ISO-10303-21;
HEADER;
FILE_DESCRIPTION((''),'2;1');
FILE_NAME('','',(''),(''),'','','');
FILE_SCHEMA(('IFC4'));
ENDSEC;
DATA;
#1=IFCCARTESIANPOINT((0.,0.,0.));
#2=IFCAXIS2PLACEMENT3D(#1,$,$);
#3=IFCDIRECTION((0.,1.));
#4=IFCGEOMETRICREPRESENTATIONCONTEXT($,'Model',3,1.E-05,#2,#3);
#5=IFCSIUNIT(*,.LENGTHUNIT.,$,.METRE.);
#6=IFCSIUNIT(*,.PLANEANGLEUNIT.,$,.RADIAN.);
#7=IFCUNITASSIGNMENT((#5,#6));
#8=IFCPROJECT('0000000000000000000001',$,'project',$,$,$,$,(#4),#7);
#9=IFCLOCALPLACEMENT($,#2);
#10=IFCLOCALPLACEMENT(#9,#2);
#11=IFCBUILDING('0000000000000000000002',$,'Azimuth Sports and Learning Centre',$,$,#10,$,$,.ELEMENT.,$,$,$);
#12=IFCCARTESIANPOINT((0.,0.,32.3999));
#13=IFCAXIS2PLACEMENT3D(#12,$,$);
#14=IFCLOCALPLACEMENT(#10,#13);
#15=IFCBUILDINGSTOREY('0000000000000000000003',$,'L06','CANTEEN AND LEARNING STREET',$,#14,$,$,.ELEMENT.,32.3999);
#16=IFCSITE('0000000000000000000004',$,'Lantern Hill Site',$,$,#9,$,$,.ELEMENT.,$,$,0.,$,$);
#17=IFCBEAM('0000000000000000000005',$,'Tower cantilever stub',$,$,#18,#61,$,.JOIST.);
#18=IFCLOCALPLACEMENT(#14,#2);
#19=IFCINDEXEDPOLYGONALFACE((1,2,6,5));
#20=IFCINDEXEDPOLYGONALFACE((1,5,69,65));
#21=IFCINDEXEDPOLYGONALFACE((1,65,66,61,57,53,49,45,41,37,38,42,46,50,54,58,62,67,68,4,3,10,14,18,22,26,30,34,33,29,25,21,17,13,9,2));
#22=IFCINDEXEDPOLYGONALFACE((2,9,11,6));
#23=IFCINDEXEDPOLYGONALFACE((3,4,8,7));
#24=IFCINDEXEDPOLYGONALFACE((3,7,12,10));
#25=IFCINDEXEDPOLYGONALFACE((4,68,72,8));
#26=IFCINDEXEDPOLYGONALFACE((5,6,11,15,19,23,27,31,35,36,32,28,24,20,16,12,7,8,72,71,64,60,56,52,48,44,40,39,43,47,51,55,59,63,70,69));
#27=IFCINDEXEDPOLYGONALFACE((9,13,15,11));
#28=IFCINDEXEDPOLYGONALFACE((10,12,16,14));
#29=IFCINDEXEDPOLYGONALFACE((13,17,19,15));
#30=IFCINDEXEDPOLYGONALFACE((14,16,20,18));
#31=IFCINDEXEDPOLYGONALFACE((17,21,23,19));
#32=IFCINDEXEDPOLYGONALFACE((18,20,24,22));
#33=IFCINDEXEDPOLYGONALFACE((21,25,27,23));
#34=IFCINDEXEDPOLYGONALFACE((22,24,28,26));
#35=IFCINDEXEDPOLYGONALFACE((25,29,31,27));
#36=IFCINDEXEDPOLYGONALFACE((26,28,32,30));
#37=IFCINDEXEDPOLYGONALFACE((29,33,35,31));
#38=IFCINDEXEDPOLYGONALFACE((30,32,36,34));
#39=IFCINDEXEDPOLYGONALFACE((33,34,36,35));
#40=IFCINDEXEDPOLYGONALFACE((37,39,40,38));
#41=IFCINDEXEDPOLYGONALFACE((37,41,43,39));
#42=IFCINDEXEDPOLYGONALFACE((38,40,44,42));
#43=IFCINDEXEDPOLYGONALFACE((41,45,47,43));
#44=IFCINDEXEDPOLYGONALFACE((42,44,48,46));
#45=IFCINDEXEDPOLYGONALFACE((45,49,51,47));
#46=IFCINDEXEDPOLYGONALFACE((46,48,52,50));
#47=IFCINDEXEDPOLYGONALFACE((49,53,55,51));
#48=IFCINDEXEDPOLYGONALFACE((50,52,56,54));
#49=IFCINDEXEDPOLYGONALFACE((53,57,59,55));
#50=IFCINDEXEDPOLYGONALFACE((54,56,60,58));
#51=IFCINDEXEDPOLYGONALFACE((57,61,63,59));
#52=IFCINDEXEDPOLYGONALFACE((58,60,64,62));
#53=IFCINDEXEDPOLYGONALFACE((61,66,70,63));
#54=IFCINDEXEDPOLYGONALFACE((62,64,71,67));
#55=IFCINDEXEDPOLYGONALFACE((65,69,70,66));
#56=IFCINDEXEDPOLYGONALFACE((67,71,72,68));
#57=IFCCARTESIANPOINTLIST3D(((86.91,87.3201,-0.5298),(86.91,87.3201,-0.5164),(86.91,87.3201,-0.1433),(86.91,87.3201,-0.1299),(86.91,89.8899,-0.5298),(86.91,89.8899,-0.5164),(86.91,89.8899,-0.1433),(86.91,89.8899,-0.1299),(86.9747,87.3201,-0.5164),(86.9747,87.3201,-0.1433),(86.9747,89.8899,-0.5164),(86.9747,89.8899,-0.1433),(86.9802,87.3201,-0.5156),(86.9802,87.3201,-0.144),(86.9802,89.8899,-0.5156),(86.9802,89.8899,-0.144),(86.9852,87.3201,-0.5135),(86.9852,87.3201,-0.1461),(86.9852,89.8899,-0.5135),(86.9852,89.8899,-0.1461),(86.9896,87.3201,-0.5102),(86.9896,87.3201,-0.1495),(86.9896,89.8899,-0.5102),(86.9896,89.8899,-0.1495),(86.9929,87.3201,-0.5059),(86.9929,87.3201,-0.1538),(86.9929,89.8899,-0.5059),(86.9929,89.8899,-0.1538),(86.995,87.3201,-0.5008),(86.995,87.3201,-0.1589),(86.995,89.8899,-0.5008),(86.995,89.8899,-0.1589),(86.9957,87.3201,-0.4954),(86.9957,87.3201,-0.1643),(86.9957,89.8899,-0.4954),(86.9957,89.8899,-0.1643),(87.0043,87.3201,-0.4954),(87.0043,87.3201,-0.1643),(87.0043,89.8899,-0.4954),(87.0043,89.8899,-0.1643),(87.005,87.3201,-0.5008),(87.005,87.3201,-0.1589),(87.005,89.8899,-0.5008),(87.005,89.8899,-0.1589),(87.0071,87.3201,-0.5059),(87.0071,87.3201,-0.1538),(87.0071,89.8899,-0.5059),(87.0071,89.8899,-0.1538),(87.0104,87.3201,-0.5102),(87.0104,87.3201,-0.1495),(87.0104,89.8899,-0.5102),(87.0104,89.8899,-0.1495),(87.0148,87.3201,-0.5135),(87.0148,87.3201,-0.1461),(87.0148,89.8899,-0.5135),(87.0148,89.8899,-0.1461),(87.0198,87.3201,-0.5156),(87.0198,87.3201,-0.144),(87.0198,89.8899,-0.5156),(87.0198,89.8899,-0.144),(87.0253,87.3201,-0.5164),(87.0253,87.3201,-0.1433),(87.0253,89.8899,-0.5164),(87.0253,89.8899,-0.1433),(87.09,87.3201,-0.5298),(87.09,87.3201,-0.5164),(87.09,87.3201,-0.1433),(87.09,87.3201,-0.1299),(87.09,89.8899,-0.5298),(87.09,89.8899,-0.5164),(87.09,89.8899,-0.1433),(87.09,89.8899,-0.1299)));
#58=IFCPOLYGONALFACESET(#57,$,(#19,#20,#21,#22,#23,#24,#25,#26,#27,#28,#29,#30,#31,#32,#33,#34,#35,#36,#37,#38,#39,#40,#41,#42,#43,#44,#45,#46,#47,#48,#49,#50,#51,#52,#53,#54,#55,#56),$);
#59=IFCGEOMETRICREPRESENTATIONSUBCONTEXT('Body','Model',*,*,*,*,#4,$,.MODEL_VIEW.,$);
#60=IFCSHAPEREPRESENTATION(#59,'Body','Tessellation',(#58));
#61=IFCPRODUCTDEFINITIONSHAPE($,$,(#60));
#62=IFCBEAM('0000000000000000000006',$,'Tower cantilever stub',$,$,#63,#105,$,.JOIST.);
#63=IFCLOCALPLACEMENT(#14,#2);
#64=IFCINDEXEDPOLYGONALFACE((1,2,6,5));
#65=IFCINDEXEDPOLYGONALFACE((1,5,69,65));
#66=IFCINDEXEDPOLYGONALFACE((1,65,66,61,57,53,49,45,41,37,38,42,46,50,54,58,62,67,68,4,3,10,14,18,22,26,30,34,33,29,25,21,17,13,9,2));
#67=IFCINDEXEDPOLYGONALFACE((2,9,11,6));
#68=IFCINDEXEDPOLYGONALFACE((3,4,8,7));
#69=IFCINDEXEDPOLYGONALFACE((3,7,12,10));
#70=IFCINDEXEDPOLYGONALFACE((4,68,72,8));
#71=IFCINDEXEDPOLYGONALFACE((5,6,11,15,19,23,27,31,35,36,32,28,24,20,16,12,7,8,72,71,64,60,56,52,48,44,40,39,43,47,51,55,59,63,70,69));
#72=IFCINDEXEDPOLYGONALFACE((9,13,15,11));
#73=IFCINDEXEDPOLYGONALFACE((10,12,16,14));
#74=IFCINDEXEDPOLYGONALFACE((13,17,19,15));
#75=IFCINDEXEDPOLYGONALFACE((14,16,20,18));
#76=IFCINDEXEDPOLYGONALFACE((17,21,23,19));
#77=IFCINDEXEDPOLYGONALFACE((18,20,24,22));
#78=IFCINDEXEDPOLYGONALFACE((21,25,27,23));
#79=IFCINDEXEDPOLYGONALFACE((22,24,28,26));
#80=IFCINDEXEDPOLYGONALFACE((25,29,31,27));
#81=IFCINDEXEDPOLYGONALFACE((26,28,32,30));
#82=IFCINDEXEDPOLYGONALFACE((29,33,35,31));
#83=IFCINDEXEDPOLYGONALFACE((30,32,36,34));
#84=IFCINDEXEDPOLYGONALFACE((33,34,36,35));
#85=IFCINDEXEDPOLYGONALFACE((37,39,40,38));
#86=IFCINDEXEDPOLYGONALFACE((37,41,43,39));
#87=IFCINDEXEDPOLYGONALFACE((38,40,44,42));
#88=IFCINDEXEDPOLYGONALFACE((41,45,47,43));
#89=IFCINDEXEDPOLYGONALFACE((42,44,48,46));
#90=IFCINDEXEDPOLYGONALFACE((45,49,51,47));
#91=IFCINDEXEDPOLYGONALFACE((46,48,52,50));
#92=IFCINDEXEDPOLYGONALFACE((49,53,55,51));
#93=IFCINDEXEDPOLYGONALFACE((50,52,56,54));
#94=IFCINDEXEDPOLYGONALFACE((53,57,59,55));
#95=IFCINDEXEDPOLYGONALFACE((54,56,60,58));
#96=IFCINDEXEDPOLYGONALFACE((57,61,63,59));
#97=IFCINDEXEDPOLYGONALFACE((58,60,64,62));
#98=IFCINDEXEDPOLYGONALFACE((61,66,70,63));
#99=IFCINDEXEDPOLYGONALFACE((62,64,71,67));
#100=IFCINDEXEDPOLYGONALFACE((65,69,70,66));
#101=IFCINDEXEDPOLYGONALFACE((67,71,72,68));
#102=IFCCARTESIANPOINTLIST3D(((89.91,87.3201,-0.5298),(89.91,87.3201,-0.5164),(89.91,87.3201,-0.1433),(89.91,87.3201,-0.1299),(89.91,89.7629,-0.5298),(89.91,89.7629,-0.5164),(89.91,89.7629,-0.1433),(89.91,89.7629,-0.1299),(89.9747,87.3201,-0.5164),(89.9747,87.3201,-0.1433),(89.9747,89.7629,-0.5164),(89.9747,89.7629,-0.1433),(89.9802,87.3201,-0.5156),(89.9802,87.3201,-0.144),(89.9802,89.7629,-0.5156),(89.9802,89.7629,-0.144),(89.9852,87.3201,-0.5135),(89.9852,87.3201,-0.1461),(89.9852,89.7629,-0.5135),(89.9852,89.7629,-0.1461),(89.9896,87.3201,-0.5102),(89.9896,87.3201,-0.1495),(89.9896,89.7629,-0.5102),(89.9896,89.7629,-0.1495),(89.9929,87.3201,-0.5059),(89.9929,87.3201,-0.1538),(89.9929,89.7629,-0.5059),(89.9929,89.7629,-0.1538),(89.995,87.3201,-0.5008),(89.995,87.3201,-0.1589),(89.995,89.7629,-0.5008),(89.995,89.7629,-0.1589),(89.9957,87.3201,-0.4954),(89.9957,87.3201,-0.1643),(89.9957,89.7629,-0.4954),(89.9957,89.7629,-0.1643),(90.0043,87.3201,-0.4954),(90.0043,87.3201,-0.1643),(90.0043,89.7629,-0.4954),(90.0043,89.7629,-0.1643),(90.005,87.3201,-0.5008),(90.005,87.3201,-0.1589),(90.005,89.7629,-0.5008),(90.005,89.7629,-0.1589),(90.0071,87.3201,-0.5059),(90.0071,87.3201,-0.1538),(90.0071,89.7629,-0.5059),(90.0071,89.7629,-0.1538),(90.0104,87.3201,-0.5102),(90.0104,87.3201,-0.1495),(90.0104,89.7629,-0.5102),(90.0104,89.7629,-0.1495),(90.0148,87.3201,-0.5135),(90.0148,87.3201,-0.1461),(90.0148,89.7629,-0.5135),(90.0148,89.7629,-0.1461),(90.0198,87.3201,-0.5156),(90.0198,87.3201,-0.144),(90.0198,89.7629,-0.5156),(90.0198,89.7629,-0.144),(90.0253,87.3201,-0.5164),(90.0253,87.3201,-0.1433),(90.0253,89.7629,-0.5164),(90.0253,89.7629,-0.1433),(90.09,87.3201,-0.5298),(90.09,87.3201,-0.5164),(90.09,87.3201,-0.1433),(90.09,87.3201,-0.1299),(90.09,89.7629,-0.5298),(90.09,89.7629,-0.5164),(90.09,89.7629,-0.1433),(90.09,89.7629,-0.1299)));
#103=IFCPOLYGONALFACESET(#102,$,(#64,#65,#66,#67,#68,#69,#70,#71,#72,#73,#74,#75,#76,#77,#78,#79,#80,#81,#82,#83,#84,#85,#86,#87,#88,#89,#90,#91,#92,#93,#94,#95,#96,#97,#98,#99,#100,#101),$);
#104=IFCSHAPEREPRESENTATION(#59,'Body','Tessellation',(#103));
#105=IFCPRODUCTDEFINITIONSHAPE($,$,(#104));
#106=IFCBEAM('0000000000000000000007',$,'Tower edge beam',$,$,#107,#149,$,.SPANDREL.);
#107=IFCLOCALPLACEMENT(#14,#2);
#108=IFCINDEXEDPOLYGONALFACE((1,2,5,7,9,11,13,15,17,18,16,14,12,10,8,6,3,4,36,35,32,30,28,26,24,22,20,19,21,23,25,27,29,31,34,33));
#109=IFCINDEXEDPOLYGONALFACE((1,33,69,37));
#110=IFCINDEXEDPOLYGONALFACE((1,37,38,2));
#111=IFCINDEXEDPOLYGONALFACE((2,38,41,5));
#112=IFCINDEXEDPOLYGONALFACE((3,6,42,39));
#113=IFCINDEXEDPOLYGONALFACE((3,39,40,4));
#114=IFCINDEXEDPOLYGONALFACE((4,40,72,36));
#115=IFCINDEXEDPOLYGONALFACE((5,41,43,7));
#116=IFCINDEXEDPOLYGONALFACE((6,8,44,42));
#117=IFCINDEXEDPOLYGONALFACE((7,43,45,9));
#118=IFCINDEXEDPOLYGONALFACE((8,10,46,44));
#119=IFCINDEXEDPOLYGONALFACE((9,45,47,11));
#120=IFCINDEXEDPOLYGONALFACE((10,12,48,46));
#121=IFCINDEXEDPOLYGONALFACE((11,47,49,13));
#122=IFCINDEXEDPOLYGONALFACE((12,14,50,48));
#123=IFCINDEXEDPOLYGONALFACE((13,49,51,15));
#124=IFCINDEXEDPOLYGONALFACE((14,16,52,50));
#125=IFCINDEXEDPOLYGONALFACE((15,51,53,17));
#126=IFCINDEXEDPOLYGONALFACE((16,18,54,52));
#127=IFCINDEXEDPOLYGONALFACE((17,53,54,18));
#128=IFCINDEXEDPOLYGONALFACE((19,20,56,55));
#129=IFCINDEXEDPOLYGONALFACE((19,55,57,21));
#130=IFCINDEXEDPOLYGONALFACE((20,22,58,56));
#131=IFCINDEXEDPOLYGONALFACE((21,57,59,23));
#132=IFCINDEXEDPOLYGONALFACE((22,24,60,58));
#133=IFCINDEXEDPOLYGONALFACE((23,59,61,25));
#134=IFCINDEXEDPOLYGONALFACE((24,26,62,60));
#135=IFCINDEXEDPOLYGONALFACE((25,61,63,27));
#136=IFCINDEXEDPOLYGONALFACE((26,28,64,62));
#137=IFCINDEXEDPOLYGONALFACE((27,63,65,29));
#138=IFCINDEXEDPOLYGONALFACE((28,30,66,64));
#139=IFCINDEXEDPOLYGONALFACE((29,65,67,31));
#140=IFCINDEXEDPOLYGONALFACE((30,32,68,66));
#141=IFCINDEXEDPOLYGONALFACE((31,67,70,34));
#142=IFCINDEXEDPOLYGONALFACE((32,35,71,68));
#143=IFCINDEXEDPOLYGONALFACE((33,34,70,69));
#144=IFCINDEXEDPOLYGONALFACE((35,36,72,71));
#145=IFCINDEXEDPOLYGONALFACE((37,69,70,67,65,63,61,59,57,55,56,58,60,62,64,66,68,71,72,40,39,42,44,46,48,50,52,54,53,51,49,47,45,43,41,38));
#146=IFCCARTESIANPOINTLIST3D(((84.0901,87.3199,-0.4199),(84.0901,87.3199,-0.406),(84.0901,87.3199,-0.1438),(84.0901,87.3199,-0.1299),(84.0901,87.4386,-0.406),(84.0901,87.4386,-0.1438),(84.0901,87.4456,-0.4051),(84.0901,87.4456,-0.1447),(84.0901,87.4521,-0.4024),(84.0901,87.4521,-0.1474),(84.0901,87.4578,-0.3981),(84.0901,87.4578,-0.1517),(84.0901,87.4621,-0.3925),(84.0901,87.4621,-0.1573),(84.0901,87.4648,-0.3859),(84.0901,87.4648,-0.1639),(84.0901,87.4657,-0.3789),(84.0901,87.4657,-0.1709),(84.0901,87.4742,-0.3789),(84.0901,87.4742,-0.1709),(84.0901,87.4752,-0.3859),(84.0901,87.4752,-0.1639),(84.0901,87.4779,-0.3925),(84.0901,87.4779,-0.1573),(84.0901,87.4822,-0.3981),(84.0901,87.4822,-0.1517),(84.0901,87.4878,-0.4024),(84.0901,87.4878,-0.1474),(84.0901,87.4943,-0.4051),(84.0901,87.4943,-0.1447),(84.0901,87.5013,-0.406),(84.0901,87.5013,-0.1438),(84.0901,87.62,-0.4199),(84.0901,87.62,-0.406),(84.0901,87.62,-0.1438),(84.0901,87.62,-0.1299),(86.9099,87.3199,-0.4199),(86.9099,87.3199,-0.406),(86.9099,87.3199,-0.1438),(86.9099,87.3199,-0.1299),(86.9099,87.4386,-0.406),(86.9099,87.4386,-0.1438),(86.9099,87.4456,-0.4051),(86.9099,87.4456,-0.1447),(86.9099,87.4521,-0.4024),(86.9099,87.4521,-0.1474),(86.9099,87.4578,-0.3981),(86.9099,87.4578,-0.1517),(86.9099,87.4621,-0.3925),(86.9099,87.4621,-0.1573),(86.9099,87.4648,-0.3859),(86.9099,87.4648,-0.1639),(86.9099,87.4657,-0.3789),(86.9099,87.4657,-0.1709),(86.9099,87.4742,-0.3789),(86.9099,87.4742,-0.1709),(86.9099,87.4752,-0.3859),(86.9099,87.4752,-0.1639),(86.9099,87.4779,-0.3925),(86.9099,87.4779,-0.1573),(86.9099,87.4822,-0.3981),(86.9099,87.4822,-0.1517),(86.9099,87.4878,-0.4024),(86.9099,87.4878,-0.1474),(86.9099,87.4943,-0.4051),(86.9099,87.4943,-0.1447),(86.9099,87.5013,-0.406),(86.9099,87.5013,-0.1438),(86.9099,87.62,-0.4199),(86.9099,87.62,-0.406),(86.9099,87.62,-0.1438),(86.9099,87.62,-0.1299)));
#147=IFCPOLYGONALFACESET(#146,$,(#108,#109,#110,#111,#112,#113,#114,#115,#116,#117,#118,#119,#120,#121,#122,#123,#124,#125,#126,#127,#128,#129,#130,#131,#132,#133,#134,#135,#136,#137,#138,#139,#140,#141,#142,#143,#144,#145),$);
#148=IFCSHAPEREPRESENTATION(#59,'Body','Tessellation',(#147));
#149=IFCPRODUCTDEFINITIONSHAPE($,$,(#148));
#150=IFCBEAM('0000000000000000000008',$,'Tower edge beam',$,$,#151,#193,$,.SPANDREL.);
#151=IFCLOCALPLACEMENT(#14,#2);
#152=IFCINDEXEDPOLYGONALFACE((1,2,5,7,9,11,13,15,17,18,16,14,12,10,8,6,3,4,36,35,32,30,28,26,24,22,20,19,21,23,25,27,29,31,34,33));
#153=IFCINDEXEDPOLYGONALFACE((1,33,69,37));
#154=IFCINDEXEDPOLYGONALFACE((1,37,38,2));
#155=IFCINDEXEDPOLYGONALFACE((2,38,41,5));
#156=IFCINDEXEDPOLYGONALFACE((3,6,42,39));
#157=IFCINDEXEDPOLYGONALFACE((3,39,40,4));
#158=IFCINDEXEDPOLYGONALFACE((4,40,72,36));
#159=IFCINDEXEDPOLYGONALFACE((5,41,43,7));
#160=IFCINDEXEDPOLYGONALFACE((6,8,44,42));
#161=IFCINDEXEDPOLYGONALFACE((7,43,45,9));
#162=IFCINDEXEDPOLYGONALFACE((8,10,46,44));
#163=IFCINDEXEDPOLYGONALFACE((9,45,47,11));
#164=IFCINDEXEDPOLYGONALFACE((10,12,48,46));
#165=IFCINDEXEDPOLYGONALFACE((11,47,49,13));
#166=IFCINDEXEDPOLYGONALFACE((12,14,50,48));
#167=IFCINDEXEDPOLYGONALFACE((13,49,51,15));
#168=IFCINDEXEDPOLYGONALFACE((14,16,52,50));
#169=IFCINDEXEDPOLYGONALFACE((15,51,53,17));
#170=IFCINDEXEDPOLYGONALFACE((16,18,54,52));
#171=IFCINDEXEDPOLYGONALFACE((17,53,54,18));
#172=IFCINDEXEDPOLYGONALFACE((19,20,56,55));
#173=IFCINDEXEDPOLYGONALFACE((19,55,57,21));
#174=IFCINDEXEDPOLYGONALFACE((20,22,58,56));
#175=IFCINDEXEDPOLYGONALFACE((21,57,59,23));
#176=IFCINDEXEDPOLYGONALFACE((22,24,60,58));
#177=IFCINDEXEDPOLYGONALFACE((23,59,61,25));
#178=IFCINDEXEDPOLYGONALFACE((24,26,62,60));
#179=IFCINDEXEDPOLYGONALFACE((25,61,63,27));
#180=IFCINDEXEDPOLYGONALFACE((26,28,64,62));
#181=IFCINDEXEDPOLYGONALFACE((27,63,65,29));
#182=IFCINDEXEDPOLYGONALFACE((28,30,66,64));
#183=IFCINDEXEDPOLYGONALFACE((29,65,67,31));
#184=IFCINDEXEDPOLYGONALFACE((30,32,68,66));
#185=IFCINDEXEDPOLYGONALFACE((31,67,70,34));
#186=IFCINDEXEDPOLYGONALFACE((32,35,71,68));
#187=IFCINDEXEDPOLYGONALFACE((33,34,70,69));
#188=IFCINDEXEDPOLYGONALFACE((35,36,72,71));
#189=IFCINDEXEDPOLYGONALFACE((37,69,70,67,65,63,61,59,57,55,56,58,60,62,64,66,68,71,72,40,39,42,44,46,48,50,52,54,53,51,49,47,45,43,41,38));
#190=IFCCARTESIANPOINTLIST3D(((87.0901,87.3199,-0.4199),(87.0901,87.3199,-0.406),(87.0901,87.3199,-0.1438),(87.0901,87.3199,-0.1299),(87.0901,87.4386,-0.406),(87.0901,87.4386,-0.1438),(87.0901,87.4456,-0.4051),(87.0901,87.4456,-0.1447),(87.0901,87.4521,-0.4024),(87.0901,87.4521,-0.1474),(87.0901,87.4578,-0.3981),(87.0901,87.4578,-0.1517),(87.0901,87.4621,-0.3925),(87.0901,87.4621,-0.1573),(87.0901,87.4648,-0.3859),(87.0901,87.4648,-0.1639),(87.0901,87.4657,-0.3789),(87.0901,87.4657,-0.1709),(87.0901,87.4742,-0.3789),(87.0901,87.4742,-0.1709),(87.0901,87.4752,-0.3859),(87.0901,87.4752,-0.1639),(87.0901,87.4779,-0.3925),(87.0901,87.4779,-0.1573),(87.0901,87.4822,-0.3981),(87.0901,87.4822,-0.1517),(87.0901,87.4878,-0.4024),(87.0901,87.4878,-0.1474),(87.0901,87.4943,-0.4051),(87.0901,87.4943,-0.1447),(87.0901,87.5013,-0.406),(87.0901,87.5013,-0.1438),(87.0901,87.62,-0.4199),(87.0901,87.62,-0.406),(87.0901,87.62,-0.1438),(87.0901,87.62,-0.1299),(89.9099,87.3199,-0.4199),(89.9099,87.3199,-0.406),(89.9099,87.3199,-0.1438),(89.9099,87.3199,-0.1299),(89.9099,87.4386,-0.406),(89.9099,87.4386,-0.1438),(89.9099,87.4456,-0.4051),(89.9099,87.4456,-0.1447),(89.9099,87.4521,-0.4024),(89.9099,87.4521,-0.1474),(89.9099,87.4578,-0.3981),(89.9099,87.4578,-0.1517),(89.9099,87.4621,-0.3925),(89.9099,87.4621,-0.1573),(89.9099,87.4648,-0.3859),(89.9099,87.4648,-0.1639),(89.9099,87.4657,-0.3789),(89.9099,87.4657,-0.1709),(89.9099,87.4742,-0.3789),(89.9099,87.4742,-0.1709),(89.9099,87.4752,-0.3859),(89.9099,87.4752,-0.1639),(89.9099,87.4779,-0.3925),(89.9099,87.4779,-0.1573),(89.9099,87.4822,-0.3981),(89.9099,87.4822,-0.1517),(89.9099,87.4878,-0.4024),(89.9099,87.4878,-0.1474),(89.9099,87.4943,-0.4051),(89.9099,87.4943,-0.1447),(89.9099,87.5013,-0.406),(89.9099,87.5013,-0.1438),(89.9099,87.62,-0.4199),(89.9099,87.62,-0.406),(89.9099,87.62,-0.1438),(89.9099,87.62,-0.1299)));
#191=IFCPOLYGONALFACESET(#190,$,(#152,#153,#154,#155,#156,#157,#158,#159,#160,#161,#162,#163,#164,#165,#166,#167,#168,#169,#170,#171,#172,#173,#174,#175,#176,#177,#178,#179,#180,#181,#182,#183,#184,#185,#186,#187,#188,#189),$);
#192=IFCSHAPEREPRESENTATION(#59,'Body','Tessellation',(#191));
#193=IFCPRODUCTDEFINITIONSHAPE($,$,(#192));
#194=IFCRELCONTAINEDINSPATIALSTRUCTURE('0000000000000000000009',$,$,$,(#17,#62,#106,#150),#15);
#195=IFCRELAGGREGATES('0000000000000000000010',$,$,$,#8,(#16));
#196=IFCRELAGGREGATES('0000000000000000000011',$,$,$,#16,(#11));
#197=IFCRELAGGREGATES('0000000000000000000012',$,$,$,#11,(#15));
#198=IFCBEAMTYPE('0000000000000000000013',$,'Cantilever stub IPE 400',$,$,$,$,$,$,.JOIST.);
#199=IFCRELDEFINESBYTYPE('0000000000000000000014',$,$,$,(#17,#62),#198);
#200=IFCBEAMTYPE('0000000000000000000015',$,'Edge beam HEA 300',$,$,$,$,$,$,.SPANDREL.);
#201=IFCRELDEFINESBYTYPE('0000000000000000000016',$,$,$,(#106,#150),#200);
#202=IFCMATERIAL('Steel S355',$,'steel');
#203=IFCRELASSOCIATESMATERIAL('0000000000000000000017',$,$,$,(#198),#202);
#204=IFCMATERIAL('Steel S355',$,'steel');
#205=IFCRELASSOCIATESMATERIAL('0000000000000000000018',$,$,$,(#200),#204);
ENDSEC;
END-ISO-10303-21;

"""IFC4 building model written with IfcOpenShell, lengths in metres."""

from ifc_helpers import new_model, si_unit, direction, frame, origin, origin_2d, place, context, subcontext, project, spatial, i_section, extrude, material, material_profile, profile_set, type_object, element, save


model = new_model("IFC4")

# Units and contexts
model_context = context("Model", 3, precision=1e-05, world=origin(), true_north=direction((0.0, 1.0)))
body_context = subcontext(model_context, "Body", "Model", "MODEL_VIEW")
ifc_project = project(units=[si_unit("LENGTHUNIT", "METRE"), si_unit("PLANEANGLEUNIT", "RADIAN")], contexts=[model_context])

# Site, building, storey
site_placement = place(None, origin())
site = spatial("IfcSite", under=ifc_project, at=site_placement, Name="Lantern Hill Site", CompositionType="ELEMENT", RefElevation=0.0)
building_placement = place(site_placement, origin())
building = spatial("IfcBuilding", under=site, at=building_placement, Name="Azimuth Sports and Learning Centre", CompositionType="ELEMENT")
storey_placement = place(building_placement, frame((0.0, 0.0, 32.3999)))
storey = spatial("IfcBuildingStorey", under=building, at=storey_placement, Name="L06", Description="CANTEEN AND LEARNING STREET", CompositionType="ELEMENT", Elevation=32.3999)

# Beams
ifc_material_1 = material(Name="Steel S355", Category="steel")
ifc_material_profile_1 = material_profile(ifc_material_1, i_section(OverallWidth=0.1799, OverallDepth=0.3999, WebThickness=0.0085, FlangeThickness=0.0134, FilletRadius=0.021, at=origin_2d()), Name="IPE 400")
ifc_profile_set_1 = profile_set([ifc_material_profile_1], Name="Steel S355")
beam_type_1 = type_object("IfcBeamType", Name="Cantilever stub IPE 400", PredefinedType="JOIST", material=ifc_profile_set_1)
beam_1_placement = place(storey_placement, frame((87.0, 89.8899, -0.3298), z_axis=(0.0, -1.0, 0.0), x_axis=(1.0, 0.0, 0.0)))
element("IfcBeam", 1, at=beam_1_placement, inside=storey, type_object=beam_type_1, Name="Tower cantilever stub", PredefinedType="JOIST", context=body_context, shape_type="SweptSolid", body=[
    extrude(i_section(OverallWidth=0.1799, OverallDepth=0.3999, WebThickness=0.0085, FlangeThickness=0.0134, FilletRadius=0.021, at=origin_2d()), origin(), (0.0, 0.0, 1.0), 2.5698),
])
beam_2_placement = place(storey_placement, frame((90.0, 89.7629, -0.3298), z_axis=(0.0, -1.0, 0.0), x_axis=(1.0, 0.0, 0.0)))
element("IfcBeam", 2, at=beam_2_placement, inside=storey, type_object=beam_type_1, Name="Tower cantilever stub", PredefinedType="JOIST", context=body_context, shape_type="SweptSolid", body=[
    extrude(i_section(OverallWidth=0.1799, OverallDepth=0.3999, WebThickness=0.0085, FlangeThickness=0.0134, FilletRadius=0.021, at=origin_2d()), origin(), (0.0, 0.0, 1.0), 2.4429),
])
ifc_material_2 = material(Name="Steel S355", Category="steel")
ifc_material_profile_2 = material_profile(ifc_material_2, i_section(OverallWidth=0.3, OverallDepth=0.29, WebThickness=0.0085, FlangeThickness=0.0139, FilletRadius=0.0271, at=origin_2d()), Name="HEA 300")
ifc_profile_set_2 = profile_set([ifc_material_profile_2], Name="Steel S355")
beam_type_2 = type_object("IfcBeamType", Name="Edge beam HEA 300", PredefinedType="SPANDREL", material=ifc_profile_set_2)
for number, where, z_axis, x_axis, name in (
    (3, (84.0901, 87.47, -0.2749), (1.0, 0.0, 0.0), (0.0, 1.0, 0.0), "Tower edge beam"),
    (4, (87.0901, 87.47, -0.2749), (1.0, 0.0, 0.0), (0.0, 1.0, 0.0), "Tower edge beam"),
):
    element("IfcBeam", number, at=place(storey_placement, frame(where, z_axis=z_axis, x_axis=x_axis)), inside=storey, type_object=beam_type_2, Name=name, PredefinedType="SPANDREL", context=body_context, shape_type="SweptSolid", body=[
        extrude(i_section(OverallWidth=0.3, OverallDepth=0.29, WebThickness=0.0085, FlangeThickness=0.0139, FilletRadius=0.0271, at=origin_2d()), origin(), (0.0, 0.0, 1.0), 2.8198),
    ])

save(model, "model.ifc")
